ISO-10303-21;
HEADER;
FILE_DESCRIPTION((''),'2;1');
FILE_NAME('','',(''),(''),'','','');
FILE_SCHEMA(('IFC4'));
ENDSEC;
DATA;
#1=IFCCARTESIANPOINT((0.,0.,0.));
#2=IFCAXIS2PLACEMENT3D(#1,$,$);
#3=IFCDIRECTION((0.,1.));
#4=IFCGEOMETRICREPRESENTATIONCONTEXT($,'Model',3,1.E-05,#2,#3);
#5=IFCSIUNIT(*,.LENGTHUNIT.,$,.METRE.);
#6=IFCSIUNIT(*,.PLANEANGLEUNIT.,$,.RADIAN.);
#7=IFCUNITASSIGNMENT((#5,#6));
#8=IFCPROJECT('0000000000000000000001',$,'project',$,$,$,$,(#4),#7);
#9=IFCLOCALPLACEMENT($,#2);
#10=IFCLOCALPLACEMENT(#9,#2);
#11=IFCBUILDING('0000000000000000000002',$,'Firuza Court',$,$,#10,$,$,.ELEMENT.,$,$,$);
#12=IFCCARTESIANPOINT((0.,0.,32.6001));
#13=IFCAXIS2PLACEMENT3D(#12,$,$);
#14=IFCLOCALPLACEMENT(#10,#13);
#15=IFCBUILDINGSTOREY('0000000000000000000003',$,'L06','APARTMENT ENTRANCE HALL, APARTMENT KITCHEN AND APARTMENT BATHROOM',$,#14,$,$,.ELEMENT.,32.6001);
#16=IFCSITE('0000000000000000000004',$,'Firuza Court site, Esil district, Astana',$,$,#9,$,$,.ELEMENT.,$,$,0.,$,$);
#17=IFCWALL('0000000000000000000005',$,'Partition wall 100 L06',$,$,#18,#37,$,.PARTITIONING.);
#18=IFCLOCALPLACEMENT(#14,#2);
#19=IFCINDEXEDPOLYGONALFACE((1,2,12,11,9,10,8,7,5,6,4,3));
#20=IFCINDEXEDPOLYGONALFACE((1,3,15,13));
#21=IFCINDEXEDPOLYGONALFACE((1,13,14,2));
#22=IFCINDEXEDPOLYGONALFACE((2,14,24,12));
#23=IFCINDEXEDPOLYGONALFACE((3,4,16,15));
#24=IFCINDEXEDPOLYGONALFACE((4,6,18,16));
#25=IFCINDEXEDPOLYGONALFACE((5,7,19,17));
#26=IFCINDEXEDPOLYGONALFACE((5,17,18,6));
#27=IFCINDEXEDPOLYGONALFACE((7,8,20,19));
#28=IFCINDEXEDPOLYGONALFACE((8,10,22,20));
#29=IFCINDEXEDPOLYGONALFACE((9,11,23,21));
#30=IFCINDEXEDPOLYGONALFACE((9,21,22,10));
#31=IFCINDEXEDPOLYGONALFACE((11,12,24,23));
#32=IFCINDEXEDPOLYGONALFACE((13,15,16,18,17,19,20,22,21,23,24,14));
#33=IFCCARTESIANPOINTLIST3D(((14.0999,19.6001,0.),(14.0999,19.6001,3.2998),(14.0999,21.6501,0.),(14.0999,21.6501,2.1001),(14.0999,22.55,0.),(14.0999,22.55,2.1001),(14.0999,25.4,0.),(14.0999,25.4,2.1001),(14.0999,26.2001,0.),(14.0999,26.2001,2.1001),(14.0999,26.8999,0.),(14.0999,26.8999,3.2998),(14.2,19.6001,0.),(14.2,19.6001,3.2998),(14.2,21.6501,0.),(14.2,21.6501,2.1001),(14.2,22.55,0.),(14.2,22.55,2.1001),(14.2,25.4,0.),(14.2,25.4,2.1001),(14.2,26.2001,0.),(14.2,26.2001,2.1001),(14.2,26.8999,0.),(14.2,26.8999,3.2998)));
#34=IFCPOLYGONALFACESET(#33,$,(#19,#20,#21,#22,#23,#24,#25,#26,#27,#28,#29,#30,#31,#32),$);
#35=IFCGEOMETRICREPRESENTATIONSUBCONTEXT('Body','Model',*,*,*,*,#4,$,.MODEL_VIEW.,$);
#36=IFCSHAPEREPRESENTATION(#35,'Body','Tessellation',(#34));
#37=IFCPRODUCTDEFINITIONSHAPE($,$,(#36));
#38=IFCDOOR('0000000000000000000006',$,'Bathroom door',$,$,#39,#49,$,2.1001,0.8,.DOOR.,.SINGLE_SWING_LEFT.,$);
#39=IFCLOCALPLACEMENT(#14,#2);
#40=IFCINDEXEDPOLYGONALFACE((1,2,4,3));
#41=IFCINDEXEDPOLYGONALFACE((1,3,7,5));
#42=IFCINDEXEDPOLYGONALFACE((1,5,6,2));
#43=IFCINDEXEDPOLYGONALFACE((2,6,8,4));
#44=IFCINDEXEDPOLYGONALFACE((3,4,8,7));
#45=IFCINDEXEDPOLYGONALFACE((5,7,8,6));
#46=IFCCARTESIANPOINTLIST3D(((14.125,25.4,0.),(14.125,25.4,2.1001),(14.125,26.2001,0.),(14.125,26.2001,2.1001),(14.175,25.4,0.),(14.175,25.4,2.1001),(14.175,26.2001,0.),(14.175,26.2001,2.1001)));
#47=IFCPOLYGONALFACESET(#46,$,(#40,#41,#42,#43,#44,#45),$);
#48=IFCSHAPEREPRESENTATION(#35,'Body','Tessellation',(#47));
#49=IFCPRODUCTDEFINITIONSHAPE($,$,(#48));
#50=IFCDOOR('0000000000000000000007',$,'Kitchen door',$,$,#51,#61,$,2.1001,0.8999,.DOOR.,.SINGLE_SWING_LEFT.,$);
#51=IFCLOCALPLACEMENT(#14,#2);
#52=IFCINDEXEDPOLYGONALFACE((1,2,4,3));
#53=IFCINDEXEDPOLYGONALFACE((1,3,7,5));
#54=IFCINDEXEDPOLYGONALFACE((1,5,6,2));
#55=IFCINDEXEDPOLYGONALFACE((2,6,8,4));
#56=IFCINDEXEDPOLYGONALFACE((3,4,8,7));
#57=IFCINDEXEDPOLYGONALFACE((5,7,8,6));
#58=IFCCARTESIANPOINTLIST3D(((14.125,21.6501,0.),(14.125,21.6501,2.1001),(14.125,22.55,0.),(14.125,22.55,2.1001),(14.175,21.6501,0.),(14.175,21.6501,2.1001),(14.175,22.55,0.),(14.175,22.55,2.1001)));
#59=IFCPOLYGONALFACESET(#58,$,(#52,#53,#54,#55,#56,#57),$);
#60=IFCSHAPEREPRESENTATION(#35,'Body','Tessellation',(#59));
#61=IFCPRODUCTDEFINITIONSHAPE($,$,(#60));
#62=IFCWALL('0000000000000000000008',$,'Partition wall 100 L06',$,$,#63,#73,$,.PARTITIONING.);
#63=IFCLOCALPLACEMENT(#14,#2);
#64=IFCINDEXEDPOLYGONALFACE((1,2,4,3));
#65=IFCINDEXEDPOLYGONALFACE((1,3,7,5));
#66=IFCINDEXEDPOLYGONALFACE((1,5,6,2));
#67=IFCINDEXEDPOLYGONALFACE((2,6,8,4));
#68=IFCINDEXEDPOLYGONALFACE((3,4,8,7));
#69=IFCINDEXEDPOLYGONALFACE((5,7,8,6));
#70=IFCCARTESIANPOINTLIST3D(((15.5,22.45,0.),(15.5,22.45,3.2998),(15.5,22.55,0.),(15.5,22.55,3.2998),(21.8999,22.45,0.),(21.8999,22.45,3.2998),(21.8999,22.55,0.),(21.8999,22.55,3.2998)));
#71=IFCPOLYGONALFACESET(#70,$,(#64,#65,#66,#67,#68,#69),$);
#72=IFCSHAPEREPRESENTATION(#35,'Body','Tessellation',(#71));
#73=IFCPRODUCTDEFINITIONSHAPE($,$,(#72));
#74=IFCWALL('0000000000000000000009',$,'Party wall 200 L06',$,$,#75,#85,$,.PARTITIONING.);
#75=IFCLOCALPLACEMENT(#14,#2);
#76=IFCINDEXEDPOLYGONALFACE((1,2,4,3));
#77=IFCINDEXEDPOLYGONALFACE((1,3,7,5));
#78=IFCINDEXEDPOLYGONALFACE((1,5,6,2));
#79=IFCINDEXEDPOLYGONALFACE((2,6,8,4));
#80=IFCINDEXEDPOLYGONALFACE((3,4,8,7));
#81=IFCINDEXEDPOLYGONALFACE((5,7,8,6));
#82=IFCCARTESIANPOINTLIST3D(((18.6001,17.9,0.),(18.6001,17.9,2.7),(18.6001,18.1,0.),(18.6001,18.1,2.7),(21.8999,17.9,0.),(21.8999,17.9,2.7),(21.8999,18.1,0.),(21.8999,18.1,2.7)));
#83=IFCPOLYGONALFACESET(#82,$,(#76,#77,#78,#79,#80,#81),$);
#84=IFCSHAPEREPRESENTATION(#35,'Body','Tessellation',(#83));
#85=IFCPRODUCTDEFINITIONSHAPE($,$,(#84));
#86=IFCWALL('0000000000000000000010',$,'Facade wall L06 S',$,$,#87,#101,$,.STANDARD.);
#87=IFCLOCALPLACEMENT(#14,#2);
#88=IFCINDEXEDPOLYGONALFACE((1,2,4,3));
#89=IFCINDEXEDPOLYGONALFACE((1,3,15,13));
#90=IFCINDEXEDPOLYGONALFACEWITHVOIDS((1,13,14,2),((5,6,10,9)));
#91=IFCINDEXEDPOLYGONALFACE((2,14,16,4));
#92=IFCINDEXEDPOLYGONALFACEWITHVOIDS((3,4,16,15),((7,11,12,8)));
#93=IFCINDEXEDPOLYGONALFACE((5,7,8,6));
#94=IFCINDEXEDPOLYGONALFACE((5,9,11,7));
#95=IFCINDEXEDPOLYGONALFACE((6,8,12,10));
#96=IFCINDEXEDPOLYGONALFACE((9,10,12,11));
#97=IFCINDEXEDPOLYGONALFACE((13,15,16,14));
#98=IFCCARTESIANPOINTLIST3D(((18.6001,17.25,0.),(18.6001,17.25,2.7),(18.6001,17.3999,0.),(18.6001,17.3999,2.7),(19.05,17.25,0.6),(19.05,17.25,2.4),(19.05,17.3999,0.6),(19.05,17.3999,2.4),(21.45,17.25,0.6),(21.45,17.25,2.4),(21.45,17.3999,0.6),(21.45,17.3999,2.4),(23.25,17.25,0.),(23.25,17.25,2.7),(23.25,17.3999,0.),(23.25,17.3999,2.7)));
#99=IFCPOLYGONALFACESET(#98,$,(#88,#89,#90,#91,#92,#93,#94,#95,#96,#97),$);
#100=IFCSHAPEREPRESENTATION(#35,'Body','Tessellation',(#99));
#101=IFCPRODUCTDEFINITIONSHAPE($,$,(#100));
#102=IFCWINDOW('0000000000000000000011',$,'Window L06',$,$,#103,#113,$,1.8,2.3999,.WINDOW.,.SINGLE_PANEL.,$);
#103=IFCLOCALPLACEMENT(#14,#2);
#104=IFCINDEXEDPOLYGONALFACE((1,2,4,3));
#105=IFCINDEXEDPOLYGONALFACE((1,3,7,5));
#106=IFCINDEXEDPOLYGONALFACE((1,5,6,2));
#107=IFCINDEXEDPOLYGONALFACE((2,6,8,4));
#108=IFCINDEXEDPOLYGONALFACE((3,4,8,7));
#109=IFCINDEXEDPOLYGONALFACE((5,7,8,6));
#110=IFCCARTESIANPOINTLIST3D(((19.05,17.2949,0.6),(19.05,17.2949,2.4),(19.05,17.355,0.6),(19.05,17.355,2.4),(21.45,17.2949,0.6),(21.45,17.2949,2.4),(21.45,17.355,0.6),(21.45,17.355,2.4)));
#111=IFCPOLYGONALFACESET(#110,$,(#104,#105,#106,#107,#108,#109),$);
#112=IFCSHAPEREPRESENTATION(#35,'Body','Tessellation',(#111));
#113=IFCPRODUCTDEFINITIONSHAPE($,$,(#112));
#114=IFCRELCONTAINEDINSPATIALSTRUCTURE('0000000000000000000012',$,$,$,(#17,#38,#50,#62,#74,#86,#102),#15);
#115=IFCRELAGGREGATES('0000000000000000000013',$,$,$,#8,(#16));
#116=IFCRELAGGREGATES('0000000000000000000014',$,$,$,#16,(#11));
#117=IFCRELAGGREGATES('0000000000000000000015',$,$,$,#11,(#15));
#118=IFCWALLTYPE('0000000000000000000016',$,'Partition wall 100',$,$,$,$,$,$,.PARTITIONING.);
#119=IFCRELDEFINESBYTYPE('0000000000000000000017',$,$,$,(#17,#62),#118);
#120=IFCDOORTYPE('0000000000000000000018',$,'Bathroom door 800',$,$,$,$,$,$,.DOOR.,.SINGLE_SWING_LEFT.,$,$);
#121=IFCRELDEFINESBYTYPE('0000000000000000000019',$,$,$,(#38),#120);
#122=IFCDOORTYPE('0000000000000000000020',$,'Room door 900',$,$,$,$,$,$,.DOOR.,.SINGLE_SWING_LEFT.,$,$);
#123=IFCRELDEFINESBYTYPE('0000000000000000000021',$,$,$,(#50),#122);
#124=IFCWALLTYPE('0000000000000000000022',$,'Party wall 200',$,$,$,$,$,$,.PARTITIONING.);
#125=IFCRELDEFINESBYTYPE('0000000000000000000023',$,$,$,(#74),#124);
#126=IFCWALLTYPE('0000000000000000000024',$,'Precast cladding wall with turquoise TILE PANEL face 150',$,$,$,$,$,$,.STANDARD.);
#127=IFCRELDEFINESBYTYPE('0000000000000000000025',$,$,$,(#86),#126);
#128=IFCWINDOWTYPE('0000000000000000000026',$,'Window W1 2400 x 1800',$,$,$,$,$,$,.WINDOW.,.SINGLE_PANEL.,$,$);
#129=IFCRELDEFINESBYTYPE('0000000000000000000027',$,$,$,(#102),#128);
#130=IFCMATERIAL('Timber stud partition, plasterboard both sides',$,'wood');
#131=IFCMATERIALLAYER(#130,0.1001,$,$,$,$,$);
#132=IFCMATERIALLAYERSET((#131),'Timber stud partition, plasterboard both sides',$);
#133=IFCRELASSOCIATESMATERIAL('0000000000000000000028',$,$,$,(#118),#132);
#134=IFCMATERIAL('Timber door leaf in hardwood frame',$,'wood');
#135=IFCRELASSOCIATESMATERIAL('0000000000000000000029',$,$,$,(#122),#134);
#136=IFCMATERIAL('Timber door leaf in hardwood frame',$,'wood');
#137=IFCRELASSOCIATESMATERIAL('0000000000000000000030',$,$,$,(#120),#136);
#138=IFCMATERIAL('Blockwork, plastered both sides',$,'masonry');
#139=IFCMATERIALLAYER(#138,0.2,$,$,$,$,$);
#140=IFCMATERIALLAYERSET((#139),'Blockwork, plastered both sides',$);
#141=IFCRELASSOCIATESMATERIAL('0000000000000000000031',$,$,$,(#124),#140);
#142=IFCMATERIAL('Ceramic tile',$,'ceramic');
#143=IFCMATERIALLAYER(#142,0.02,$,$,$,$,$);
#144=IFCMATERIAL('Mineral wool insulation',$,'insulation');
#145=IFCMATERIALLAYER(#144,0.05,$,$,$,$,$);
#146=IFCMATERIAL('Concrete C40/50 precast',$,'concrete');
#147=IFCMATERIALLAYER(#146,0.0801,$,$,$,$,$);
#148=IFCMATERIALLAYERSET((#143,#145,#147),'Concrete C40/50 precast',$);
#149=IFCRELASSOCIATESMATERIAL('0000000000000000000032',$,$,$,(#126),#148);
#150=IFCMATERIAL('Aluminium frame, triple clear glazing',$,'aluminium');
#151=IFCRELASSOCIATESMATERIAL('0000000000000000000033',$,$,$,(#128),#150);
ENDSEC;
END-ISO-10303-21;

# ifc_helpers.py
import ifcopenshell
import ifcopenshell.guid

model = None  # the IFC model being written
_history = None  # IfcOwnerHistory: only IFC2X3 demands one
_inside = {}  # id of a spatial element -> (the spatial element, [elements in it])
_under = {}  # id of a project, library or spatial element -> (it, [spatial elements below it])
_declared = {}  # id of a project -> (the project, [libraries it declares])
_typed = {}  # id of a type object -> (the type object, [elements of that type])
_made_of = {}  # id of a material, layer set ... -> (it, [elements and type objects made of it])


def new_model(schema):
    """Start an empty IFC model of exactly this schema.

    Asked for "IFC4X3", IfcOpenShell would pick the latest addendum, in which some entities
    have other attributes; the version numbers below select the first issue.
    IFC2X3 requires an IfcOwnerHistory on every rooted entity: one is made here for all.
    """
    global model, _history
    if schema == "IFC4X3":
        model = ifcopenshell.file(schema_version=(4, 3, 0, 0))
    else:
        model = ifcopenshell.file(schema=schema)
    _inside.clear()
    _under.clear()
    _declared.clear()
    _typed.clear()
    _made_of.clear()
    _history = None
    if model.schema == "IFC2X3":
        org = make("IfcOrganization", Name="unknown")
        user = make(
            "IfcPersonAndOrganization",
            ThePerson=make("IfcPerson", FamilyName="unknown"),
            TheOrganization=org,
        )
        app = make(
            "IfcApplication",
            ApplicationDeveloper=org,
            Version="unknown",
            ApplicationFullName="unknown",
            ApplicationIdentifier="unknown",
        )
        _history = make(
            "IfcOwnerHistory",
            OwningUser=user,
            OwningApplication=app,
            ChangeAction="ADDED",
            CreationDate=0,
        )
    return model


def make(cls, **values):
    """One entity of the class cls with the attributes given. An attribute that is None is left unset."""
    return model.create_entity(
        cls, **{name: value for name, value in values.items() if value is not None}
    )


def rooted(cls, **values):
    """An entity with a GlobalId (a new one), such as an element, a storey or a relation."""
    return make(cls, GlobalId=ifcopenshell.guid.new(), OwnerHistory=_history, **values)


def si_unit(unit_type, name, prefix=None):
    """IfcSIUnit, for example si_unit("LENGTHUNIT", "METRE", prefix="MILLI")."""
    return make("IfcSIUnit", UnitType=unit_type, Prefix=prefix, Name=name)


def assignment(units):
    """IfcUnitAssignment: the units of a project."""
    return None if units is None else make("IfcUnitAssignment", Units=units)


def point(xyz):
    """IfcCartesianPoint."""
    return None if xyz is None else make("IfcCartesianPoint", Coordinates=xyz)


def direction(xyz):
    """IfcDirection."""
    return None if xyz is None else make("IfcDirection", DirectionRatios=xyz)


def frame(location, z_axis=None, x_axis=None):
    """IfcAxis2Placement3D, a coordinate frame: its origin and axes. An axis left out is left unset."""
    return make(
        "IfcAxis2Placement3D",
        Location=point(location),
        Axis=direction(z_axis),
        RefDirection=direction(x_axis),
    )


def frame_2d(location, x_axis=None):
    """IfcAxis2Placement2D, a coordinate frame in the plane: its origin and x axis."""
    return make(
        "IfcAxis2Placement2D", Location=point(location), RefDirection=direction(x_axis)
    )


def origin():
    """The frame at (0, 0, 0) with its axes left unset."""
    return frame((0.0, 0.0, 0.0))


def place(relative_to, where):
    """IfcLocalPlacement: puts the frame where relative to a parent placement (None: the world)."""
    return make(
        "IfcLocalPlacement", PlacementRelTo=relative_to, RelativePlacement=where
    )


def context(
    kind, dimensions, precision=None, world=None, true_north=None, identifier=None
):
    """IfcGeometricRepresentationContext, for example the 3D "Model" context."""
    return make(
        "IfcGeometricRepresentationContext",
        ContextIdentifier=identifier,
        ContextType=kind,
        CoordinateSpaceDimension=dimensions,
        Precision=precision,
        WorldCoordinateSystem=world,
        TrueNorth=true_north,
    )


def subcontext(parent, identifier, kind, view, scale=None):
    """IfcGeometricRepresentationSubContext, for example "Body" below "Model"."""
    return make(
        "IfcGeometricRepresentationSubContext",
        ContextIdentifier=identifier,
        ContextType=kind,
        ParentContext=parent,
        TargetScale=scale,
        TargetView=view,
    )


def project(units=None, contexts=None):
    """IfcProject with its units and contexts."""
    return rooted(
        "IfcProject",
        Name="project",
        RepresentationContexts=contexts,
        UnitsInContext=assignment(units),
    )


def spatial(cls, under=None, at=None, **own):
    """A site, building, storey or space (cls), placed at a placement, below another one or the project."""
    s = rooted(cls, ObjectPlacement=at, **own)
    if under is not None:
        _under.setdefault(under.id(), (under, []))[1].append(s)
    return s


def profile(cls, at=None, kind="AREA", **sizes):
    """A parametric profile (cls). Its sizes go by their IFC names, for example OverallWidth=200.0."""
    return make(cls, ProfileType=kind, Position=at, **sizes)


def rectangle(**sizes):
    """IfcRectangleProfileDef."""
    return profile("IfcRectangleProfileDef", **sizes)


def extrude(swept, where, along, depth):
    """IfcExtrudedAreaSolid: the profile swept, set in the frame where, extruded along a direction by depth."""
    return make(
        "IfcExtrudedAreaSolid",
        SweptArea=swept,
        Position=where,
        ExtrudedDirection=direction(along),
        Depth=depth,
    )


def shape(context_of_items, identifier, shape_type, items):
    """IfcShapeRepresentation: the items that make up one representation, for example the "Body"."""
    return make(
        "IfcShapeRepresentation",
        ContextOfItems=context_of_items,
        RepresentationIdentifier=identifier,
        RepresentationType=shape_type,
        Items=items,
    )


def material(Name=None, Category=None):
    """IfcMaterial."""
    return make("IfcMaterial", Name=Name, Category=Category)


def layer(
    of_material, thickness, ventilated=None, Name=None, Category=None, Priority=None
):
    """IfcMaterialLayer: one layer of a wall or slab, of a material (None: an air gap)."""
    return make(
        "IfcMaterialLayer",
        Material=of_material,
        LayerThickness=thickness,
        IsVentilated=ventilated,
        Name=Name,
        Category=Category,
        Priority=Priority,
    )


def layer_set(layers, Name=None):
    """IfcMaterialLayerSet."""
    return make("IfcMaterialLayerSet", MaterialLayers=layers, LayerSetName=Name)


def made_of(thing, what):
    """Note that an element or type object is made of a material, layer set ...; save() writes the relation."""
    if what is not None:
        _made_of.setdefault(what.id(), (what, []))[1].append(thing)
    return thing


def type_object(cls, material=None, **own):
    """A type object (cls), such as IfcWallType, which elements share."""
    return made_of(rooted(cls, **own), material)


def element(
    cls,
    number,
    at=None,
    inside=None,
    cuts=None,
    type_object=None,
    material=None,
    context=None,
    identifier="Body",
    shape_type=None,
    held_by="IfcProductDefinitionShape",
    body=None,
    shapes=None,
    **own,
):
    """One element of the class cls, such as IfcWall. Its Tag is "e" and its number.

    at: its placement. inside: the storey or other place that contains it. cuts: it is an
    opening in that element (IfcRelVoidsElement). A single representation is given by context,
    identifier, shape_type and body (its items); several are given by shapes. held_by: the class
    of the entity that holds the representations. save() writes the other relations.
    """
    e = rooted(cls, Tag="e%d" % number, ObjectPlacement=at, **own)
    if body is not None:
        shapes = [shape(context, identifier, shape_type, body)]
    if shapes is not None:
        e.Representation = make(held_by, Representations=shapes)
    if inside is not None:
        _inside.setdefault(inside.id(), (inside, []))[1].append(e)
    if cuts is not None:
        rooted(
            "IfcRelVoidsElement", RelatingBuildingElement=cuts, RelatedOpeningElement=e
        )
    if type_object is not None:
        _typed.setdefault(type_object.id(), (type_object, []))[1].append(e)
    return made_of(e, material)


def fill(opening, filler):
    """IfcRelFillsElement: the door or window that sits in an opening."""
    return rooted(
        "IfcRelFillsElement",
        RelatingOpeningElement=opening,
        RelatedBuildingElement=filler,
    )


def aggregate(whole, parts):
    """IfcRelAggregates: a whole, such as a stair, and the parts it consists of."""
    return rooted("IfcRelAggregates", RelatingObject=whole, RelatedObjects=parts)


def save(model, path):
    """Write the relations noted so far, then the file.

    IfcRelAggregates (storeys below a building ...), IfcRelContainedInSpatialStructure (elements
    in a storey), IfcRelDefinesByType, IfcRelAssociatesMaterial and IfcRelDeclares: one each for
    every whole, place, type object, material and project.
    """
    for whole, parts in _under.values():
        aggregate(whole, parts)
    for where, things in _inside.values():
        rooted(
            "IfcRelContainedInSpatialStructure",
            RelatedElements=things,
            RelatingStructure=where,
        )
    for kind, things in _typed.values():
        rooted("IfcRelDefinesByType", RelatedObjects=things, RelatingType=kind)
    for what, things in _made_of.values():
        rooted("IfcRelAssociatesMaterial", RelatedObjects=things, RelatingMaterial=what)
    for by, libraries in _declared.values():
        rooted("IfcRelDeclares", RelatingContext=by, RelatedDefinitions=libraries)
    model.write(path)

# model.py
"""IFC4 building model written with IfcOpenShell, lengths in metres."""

from ifc_helpers import new_model, si_unit, direction, frame, frame_2d, origin, place, context, subcontext, project, spatial, rectangle, extrude, material, layer, layer_set, type_object, element, fill, save


model = new_model("IFC4")

# Units and contexts
model_context = context("Model", 3, precision=1e-05, world=origin(), true_north=direction((0.0, 1.0)))
body_context = subcontext(model_context, "Body", "Model", "MODEL_VIEW")
ifc_project = project(units=[si_unit("LENGTHUNIT", "METRE"), si_unit("PLANEANGLEUNIT", "RADIAN")], contexts=[model_context])

# Site, building, storey
site_placement = place(None, origin())
site = spatial("IfcSite", under=ifc_project, at=site_placement, Name="Firuza Court site, Esil district, Astana", CompositionType="ELEMENT", RefElevation=0.0)
building_placement = place(site_placement, origin())
building = spatial("IfcBuilding", under=site, at=building_placement, Name="Firuza Court", CompositionType="ELEMENT")
storey_placement = place(building_placement, frame((0.0, 0.0, 32.6001)))
storey = spatial("IfcBuildingStorey", under=building, at=storey_placement, Name="L06", Description="APARTMENT ENTRANCE HALL, APARTMENT KITCHEN AND APARTMENT BATHROOM", CompositionType="ELEMENT", Elevation=32.6001)

# Wall, openings, doors
ifc_material_1 = material(Name="Timber stud partition, plasterboard both sides", Category="wood")
ifc_layer_1 = layer(ifc_material_1, 0.1001)
ifc_layer_set_1 = layer_set([ifc_layer_1], Name="Timber stud partition, plasterboard both sides")
wall_type_1 = type_object("IfcWallType", Name="Partition wall 100", PredefinedType="PARTITIONING", material=ifc_layer_set_1)
ifc_material_2 = material(Name="Timber door leaf in hardwood frame", Category="wood")
door_type_1 = type_object("IfcDoorType", Name="Room door 900", OperationType="SINGLE_SWING_LEFT", PredefinedType="DOOR", material=ifc_material_2)
wall_1_placement = place(storey_placement, frame((14.1499, 19.6001, 0.0), z_axis=(0.0, 0.0, 1.0), x_axis=(0.0, 1.0, 0.0)))
wall_1 = element("IfcWall", 1, at=wall_1_placement, inside=storey, type_object=wall_type_1, Name="Partition wall 100 L06", PredefinedType="PARTITIONING", context=body_context, shape_type="SweptSolid", body=[
    extrude(rectangle(XDim=7.2998, YDim=0.1001, at=frame_2d((3.6499, 0.0))), origin(), (0.0, 0.0, 1.0), 3.2998),
])
opening_1_placement = place(wall_1_placement, frame((5.8, 0.0, 0.0)))
opening_1 = element("IfcOpeningElement", 2, at=opening_1_placement, cuts=wall_1, PredefinedType="OPENING", context=body_context, shape_type="SweptSolid", body=[
    extrude(rectangle(XDim=0.8, YDim=2.1001, at=frame_2d((0.3999, 1.05))), frame((0.0, 0.062, 0.0), z_axis=(0.0, -1.0, 0.0), x_axis=(1.0, 0.0, 0.0)), (0.0, 0.0, 1.0), 0.124),
])
opening_2_placement = place(wall_1_placement, frame((2.05, 0.0, 0.0)))
opening_2 = element("IfcOpeningElement", 3, at=opening_2_placement, cuts=wall_1, PredefinedType="OPENING", context=body_context, shape_type="SweptSolid", body=[
    extrude(rectangle(XDim=0.8999, YDim=2.1001, at=frame_2d((0.45, 1.05))), frame((0.0, 0.062, 0.0), z_axis=(0.0, -1.0, 0.0), x_axis=(1.0, 0.0, 0.0)), (0.0, 0.0, 1.0), 0.124),
])
ifc_material_3 = material(Name="Timber door leaf in hardwood frame", Category="wood")
door_type_2 = type_object("IfcDoorType", Name="Bathroom door 800", OperationType="SINGLE_SWING_LEFT", PredefinedType="DOOR", material=ifc_material_3)
door_1_placement = place(opening_1_placement, origin())
door_1 = element("IfcDoor", 4, at=door_1_placement, inside=storey, type_object=door_type_2, Name="Bathroom door", OperationType="SINGLE_SWING_LEFT", OverallHeight=2.1001, OverallWidth=0.8, PredefinedType="DOOR", context=body_context, shape_type="SweptSolid", body=[
    extrude(rectangle(XDim=0.8, YDim=2.1001, at=frame_2d((0.3999, 1.05))), frame((0.0, 0.0249, 0.0), z_axis=(0.0, -1.0, 0.0), x_axis=(1.0, 0.0, 0.0)), (0.0, 0.0, 1.0), 0.05),
])
fill(opening_1, door_1)
door_2_placement = place(opening_2_placement, origin())
door_2 = element("IfcDoor", 5, at=door_2_placement, inside=storey, type_object=door_type_1, Name="Kitchen door", OperationType="SINGLE_SWING_LEFT", OverallHeight=2.1001, OverallWidth=0.8999, PredefinedType="DOOR", context=body_context, shape_type="SweptSolid", body=[
    extrude(rectangle(XDim=0.8999, YDim=2.1001, at=frame_2d((0.45, 1.05))), frame((0.0, 0.0249, 0.0), z_axis=(0.0, -1.0, 0.0), x_axis=(1.0, 0.0, 0.0)), (0.0, 0.0, 1.0), 0.05),
])
fill(opening_2, door_2)

# Walls
wall_2_placement = place(storey_placement, frame((15.5, 22.5, 0.0), z_axis=(0.0, 0.0, 1.0), x_axis=(1.0, 0.0, 0.0)))
element("IfcWall", 6, at=wall_2_placement, inside=storey, type_object=wall_type_1, Name="Partition wall 100 L06", PredefinedType="PARTITIONING", context=body_context, shape_type="SweptSolid", body=[
    extrude(rectangle(XDim=6.3999, YDim=0.1001, at=frame_2d((3.2, 0.0))), origin(), (0.0, 0.0, 1.0), 3.2998),
])
ifc_material_4 = material(Name="Blockwork, plastered both sides", Category="masonry")
ifc_layer_2 = layer(ifc_material_4, 0.2)
ifc_layer_set_2 = layer_set([ifc_layer_2], Name="Blockwork, plastered both sides")
wall_type_2 = type_object("IfcWallType", Name="Party wall 200", PredefinedType="PARTITIONING", material=ifc_layer_set_2)
wall_3_placement = place(storey_placement, frame((18.6001, 18.0, 0.0), z_axis=(0.0, 0.0, 1.0), x_axis=(1.0, 0.0, 0.0)))
element("IfcWall", 7, at=wall_3_placement, inside=storey, type_object=wall_type_2, Name="Party wall 200 L06", PredefinedType="PARTITIONING", context=body_context, shape_type="SweptSolid", body=[
    extrude(rectangle(XDim=3.2998, YDim=0.2, at=frame_2d((1.6499, 0.0))), origin(), (0.0, 0.0, 1.0), 2.7),
])

# Wall, opening, window
ifc_material_5 = material(Name="Ceramic tile", Category="ceramic")
ifc_layer_3 = layer(ifc_material_5, 0.02)
ifc_material_6 = material(Name="Mineral wool insulation", Category="insulation")
ifc_layer_4 = layer(ifc_material_6, 0.05)
ifc_material_7 = material(Name="Concrete C40/50 precast", Category="concrete")
ifc_layer_5 = layer(ifc_material_7, 0.0801)
ifc_layer_set_3 = layer_set([ifc_layer_3, ifc_layer_4, ifc_layer_5], Name="Concrete C40/50 precast")
wall_type_3 = type_object("IfcWallType", Name="Precast cladding wall with turquoise TILE PANEL face 150", PredefinedType="STANDARD", material=ifc_layer_set_3)
wall_4_placement = place(storey_placement, frame((18.6001, 17.325, 0.0), z_axis=(0.0, 0.0, 1.0), x_axis=(1.0, 0.0, 0.0)))
wall_4 = element("IfcWall", 8, at=wall_4_placement, inside=storey, type_object=wall_type_3, Name="Facade wall L06 S", PredefinedType="STANDARD", context=body_context, shape_type="SweptSolid", body=[
    extrude(rectangle(XDim=4.6499, YDim=0.1499, at=frame_2d((2.325, 0.0))), origin(), (0.0, 0.0, 1.0), 2.7),
])
opening_3_placement = place(wall_4_placement, frame((0.45, 0.0, 0.6001)))
opening_3 = element("IfcOpeningElement", 9, at=opening_3_placement, cuts=wall_4, PredefinedType="OPENING", context=body_context, shape_type="SweptSolid", body=[
    extrude(rectangle(XDim=2.3999, YDim=1.8, at=frame_2d((1.2, 0.8999))), frame((0.0, 0.0869, 0.0), z_axis=(0.0, -1.0, 0.0), x_axis=(1.0, 0.0, 0.0)), (0.0, 0.0, 1.0), 0.1738),
])
ifc_material_8 = material(Name="Aluminium frame, triple clear glazing", Category="aluminium")
window_type_1 = type_object("IfcWindowType", Name="Window W1 2400 x 1800", PartitioningType="SINGLE_PANEL", PredefinedType="WINDOW", material=ifc_material_8)
window_1_placement = place(opening_3_placement, origin())
window_1 = element("IfcWindow", 10, at=window_1_placement, inside=storey, type_object=window_type_1, Name="Window L06", OverallHeight=1.8, OverallWidth=2.3999, PartitioningType="SINGLE_PANEL", PredefinedType="WINDOW", context=body_context, shape_type="SweptSolid", body=[
    extrude(rectangle(XDim=2.3999, YDim=1.8, at=frame_2d((1.2, 0.8999))), frame((0.0, 0.03, 0.0), z_axis=(0.0, -1.0, 0.0), x_axis=(1.0, 0.0, 0.0)), (0.0, 0.0, 1.0), 0.0601),
])
fill(opening_3, window_1)

save(model, "model.ifc")
